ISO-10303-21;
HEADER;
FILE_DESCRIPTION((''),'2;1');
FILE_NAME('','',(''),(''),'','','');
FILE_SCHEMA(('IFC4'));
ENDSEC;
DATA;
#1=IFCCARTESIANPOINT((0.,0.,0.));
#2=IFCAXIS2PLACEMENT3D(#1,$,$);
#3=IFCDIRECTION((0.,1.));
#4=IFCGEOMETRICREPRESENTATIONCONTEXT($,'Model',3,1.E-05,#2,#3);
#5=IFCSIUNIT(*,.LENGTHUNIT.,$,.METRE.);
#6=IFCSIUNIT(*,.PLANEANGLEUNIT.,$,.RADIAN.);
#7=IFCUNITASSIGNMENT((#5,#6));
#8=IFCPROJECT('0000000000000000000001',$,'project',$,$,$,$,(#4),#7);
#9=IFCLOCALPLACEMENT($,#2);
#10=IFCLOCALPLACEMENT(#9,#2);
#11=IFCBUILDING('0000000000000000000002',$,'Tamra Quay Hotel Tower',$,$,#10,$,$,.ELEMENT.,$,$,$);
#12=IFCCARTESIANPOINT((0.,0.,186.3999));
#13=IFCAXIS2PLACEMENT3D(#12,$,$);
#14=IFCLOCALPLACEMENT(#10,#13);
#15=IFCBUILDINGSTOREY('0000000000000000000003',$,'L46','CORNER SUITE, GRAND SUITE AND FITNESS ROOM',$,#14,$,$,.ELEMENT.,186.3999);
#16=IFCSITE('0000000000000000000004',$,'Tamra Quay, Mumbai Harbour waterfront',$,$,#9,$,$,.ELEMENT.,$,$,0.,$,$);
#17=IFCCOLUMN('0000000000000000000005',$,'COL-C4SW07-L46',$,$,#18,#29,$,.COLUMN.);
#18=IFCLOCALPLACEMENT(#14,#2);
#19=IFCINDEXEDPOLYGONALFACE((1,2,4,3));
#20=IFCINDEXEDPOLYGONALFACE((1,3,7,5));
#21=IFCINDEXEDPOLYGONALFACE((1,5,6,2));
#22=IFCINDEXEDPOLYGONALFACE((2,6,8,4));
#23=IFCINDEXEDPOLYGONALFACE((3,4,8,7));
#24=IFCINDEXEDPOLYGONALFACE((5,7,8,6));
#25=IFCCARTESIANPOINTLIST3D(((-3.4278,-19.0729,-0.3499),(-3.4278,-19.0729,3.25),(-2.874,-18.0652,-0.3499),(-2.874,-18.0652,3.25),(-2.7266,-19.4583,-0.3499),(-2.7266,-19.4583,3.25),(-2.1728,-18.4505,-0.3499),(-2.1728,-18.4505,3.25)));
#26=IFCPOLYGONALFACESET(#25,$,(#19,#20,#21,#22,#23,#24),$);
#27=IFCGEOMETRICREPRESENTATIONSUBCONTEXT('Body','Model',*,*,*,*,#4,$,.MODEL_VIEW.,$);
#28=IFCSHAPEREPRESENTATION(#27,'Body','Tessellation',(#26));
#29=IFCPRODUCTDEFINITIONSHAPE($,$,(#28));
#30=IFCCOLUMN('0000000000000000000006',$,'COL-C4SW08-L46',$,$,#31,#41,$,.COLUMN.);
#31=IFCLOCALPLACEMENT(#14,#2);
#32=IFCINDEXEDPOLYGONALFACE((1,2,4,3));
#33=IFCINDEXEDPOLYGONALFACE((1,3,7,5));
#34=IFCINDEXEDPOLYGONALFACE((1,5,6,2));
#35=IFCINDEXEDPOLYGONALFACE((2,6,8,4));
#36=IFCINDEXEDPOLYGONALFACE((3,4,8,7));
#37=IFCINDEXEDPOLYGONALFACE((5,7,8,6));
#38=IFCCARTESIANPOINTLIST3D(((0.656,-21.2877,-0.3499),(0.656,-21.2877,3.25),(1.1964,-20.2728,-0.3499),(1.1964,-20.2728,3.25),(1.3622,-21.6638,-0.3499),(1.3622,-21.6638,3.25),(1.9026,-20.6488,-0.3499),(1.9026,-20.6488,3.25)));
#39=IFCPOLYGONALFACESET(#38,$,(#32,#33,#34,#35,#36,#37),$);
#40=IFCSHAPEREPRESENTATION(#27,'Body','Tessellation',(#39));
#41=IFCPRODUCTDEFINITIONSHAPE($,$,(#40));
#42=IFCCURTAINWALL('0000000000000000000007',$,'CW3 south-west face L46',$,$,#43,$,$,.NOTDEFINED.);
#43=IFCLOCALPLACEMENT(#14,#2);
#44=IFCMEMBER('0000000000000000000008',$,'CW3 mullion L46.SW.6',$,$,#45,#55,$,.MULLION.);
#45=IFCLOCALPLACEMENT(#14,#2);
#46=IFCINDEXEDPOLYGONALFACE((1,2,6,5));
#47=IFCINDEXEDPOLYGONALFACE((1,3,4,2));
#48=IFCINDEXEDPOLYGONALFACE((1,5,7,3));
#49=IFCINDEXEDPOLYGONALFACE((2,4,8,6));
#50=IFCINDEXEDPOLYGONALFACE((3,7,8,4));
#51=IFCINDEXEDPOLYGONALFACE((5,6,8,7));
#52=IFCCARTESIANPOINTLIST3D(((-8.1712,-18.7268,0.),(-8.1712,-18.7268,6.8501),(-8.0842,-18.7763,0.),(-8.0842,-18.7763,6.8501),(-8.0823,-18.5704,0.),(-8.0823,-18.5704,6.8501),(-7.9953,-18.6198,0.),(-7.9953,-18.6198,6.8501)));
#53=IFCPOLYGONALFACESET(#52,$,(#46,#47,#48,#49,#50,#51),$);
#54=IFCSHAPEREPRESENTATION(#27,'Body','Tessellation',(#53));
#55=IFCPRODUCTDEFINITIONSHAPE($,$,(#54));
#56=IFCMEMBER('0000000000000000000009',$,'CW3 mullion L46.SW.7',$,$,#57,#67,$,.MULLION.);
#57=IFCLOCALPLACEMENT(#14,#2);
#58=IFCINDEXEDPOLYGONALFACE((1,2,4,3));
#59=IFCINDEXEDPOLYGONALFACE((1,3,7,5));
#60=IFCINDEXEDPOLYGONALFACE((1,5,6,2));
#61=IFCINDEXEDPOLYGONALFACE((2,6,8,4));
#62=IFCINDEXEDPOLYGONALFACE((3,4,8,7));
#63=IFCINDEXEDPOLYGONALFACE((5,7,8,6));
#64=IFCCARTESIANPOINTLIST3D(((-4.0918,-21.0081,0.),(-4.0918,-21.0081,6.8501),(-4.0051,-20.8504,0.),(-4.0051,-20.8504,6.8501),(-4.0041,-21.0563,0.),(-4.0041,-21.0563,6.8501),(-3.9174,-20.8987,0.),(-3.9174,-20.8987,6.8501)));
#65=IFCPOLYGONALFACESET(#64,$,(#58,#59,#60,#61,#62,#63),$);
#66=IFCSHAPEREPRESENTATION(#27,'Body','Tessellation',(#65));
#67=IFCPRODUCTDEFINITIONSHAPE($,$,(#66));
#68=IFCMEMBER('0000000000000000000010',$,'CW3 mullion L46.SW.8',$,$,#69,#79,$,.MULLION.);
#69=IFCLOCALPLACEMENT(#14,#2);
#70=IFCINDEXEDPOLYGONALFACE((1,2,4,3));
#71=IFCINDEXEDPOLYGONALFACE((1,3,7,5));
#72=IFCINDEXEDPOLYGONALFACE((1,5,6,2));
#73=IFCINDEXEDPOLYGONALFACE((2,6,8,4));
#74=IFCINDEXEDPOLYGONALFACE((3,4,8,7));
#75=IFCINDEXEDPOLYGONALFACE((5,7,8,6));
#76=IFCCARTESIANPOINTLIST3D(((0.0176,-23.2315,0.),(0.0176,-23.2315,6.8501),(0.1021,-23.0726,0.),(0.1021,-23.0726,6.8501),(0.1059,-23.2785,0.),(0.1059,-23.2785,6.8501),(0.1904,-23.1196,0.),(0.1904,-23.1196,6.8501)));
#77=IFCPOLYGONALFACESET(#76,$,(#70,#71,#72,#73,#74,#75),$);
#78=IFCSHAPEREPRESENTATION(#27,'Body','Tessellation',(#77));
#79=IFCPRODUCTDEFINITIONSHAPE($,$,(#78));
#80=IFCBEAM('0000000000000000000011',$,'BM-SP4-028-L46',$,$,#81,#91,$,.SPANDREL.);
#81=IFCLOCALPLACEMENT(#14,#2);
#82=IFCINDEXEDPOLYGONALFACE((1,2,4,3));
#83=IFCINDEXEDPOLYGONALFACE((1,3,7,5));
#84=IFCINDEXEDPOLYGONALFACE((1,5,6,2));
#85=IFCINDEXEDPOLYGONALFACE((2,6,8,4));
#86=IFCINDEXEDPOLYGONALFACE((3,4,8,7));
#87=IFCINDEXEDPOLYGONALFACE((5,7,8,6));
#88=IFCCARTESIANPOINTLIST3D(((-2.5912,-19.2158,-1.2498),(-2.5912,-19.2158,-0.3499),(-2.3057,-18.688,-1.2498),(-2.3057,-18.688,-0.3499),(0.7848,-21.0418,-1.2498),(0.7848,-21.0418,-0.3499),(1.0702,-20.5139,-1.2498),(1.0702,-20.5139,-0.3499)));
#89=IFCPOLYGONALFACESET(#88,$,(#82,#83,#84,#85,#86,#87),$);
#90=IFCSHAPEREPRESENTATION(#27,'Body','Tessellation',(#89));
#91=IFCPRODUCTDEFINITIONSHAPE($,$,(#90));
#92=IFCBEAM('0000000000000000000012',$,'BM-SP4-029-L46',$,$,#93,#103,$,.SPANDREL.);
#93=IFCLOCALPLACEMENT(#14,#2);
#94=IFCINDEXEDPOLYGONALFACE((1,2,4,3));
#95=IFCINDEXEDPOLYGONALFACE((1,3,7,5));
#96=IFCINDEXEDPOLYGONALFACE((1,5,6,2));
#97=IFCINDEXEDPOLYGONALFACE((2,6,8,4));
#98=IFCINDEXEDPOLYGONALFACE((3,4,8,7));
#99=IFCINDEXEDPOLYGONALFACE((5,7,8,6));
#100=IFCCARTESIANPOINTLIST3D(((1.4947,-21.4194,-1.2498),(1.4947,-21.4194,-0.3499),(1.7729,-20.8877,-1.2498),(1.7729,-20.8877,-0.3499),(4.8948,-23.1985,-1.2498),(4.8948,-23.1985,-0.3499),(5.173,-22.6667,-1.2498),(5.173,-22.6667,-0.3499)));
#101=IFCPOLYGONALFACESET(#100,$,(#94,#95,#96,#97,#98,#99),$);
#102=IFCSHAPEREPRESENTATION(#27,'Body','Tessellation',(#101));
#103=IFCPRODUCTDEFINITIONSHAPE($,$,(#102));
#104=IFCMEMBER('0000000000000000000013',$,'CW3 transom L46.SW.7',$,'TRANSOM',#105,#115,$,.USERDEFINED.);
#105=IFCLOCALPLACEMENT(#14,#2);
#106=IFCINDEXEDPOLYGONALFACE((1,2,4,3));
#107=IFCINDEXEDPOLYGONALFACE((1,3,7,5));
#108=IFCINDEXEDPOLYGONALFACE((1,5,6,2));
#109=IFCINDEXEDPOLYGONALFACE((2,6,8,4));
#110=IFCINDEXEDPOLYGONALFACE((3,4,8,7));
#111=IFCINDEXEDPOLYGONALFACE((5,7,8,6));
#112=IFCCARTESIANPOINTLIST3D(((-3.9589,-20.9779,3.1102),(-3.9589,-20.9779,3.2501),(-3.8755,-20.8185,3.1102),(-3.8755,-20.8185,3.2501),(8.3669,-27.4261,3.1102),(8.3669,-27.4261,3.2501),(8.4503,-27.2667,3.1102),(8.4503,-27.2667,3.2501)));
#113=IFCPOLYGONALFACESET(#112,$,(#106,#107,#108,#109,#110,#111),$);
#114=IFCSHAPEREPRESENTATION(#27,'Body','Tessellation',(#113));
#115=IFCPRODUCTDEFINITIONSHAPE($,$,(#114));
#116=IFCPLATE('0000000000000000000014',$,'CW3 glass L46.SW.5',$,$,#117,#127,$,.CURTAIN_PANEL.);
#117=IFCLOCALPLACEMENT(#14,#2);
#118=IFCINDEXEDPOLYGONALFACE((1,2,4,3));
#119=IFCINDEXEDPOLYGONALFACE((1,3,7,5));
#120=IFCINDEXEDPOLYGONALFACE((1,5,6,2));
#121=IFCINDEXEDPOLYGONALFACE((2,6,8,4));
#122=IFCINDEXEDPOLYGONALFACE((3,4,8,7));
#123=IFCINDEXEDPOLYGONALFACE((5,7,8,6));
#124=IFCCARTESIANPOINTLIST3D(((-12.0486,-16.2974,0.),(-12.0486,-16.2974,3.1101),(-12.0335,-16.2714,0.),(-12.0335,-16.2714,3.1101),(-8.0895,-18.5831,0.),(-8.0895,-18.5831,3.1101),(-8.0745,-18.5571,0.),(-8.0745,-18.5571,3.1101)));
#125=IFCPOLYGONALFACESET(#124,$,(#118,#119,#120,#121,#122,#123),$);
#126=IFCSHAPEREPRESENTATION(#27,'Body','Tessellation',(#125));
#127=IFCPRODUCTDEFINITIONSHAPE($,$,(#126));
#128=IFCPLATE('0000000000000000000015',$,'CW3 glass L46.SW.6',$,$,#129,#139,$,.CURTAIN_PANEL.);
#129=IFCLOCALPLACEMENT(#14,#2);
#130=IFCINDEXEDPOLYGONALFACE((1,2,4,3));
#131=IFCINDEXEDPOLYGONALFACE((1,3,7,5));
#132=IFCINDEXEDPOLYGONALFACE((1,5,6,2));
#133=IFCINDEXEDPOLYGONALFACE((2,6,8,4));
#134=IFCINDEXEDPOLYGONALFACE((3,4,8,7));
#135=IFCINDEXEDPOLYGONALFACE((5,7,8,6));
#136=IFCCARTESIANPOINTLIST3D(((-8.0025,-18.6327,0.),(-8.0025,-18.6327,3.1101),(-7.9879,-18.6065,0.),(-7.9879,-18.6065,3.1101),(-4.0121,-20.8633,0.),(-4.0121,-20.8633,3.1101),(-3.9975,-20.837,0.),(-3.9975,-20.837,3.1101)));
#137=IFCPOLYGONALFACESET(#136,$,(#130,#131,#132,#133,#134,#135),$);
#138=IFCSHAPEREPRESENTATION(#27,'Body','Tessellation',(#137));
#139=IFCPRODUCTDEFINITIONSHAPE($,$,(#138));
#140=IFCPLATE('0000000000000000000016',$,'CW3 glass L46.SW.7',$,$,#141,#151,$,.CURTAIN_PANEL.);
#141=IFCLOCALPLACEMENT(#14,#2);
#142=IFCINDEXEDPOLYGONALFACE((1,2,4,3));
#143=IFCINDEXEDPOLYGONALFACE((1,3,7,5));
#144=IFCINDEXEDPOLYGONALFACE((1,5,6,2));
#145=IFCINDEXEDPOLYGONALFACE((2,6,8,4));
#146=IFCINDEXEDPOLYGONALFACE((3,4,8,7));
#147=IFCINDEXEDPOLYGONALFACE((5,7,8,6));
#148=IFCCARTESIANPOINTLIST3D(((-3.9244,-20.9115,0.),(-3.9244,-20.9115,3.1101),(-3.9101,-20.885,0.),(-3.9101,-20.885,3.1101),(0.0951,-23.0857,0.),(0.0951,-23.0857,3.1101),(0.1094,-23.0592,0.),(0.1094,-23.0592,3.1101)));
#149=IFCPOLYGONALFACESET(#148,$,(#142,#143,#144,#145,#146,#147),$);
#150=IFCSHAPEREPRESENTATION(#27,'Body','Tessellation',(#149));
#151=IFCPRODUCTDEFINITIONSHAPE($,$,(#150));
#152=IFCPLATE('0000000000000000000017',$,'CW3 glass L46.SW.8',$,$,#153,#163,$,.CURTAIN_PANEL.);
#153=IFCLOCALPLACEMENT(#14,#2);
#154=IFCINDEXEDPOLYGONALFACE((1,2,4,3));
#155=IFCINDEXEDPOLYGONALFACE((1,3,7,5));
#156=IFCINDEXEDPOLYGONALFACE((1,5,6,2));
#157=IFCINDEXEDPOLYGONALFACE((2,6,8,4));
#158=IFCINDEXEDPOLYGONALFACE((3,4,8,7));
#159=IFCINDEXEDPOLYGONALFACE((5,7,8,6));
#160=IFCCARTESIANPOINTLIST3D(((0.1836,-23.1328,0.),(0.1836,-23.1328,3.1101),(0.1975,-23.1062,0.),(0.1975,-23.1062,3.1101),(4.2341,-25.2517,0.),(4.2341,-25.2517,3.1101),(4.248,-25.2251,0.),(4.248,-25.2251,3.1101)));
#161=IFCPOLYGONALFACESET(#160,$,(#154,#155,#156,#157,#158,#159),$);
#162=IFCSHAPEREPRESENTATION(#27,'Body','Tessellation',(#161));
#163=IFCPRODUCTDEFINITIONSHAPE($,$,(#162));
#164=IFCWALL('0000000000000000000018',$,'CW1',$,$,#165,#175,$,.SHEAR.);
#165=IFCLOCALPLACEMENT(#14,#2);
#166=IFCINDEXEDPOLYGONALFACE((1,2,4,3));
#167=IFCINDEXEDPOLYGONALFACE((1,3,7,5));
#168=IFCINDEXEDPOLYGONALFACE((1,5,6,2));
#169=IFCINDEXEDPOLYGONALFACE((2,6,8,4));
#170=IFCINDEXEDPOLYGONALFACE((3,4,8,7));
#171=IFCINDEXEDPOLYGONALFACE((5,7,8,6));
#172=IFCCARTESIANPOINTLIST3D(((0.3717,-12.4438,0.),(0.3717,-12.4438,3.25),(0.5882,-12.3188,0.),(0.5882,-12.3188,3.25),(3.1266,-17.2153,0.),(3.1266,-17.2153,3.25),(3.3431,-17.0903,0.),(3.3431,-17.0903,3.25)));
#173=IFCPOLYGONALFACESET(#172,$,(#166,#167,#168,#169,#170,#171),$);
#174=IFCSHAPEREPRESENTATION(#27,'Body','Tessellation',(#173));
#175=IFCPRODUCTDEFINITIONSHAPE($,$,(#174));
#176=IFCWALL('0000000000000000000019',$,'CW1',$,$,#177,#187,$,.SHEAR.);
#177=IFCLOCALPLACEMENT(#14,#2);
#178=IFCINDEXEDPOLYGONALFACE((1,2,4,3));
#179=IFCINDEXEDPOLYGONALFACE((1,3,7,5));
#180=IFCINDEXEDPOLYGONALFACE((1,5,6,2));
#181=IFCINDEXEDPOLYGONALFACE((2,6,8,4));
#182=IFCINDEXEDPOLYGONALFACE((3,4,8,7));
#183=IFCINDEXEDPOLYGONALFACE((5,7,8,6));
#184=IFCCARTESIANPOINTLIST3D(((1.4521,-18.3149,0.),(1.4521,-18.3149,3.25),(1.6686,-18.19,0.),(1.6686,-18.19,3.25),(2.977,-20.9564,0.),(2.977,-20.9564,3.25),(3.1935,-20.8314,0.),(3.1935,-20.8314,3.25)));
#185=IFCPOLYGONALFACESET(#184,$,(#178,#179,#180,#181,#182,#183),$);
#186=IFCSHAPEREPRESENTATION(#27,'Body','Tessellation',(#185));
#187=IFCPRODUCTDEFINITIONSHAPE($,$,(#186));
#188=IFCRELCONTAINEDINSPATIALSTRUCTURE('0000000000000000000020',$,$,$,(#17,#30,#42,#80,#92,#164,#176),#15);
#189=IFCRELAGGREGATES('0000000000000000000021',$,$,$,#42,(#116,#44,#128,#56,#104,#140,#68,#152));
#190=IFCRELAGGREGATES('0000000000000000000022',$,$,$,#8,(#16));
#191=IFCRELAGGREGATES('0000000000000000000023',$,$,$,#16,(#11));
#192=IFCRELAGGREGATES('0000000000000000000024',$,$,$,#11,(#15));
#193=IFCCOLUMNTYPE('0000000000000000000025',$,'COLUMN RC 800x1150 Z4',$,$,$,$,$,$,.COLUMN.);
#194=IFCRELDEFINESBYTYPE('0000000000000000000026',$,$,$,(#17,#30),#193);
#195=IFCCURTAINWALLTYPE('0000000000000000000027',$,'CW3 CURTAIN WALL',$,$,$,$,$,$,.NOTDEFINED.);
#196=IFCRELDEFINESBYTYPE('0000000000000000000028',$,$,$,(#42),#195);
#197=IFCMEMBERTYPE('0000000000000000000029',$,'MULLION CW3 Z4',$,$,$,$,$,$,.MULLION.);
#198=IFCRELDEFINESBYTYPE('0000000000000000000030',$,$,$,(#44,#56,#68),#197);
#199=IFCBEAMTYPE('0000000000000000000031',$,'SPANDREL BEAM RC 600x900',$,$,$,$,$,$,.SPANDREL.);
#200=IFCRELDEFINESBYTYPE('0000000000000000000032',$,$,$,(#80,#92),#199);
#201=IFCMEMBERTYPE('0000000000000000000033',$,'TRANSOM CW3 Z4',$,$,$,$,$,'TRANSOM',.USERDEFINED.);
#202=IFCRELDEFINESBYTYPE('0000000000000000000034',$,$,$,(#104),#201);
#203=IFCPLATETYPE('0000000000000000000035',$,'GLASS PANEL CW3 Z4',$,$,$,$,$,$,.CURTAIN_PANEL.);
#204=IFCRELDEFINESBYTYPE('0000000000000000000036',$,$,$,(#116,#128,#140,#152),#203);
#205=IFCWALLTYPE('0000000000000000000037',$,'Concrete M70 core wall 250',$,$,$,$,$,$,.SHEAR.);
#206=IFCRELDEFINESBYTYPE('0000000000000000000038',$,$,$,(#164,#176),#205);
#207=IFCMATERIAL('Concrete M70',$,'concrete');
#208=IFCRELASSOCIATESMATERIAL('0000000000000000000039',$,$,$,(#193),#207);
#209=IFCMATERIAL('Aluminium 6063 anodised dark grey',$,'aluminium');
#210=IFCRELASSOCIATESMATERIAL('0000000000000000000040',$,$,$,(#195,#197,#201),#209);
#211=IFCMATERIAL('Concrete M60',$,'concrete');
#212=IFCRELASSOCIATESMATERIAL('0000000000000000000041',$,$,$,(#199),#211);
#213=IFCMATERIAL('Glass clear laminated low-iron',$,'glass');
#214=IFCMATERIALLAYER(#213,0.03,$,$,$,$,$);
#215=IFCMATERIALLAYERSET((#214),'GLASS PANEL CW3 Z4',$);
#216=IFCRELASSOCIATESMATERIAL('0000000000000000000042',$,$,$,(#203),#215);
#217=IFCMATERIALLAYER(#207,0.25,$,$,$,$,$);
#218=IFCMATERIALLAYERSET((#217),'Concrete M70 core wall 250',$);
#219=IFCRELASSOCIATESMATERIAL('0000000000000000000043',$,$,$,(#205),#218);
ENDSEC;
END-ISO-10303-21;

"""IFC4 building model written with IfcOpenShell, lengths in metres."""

from ifc_helpers import new_model, si_unit, direction, frame, frame_2d, origin, origin_2d, place, context, subcontext, project, spatial, rectangle, extrude, material, layer, layer_set, material_profile, profile_set, type_object, element, aggregate, save


model = new_model("IFC4")

# Units and contexts
model_context = context("Model", 3, precision=1e-05, world=origin(), true_north=direction((0.0, 1.0)))
body_context = subcontext(model_context, "Body", "Model", "MODEL_VIEW")
ifc_project = project(units=[si_unit("LENGTHUNIT", "METRE"), si_unit("PLANEANGLEUNIT", "RADIAN")], contexts=[model_context])

# Site, building, storey
site_placement = place(None, origin())
site = spatial("IfcSite", under=ifc_project, at=site_placement, Name="Tamra Quay, Mumbai Harbour waterfront", CompositionType="ELEMENT", RefElevation=0.0)
building_placement = place(site_placement, origin())
building = spatial("IfcBuilding", under=site, at=building_placement, Name="Tamra Quay Hotel Tower", CompositionType="ELEMENT")
storey_placement = place(building_placement, frame((0.0, 0.0, 186.3999)))
storey = spatial("IfcBuildingStorey", under=building, at=storey_placement, Name="L46", Description="CORNER SUITE, GRAND SUITE AND FITNESS ROOM", CompositionType="ELEMENT", Elevation=186.3999)

# Columns
ifc_material_1 = material(Name="Concrete M70", Category="concrete")
ifc_material_profile_1 = material_profile(ifc_material_1, rectangle(XDim=1.1499, YDim=0.8, at=origin_2d()), Name="COLUMN RC 800x1150 Z4")
ifc_profile_set_1 = profile_set([ifc_material_profile_1], Name="Concrete M70")
column_type = type_object("IfcColumnType", Name="COLUMN RC 800x1150 Z4", PredefinedType="COLUMN", material=ifc_profile_set_1)
for number, where, z_axis, x_axis, name in (
    (1, (-2.8003, -18.7617, -0.3499), (0.0, 0.0, 1.0), (0.481602, 0.87639, 0.0), "COL-C4SW07-L46"),
    (2, (1.2793, -20.9683, -0.3499), (0.0, 0.0, 1.0), (0.470002, 0.882666, 0.0), "COL-C4SW08-L46"),
):
    element("IfcColumn", number, at=place(storey_placement, frame(where, z_axis=z_axis, x_axis=x_axis)), inside=storey, type_object=column_type, Name=name, PredefinedType="COLUMN", context=body_context, shape_type="SweptSolid", body=[
        extrude(rectangle(XDim=1.1499, YDim=0.8, at=origin_2d()), origin(), (0.0, 0.0, 1.0), 3.5999),
    ])

# Curtain wall, members
ifc_material_2 = material(Name="Aluminium 6063 anodised dark grey", Category="aluminium")
curtain_wall_type = type_object("IfcCurtainWallType", Name="CW3 CURTAIN WALL", PredefinedType="NOTDEFINED", material=ifc_material_2)
curtain_wall_placement = place(storey_placement, origin())
curtain_wall = element("IfcCurtainWall", 3, at=curtain_wall_placement, inside=storey, type_object=curtain_wall_type, Name="CW3 south-west face L46", PredefinedType="NOTDEFINED")
ifc_material_profile_2 = material_profile(ifc_material_2, rectangle(XDim=0.1799, YDim=0.1001, at=origin_2d()), Name="MULLION 100X180")
ifc_profile_set_2 = profile_set([ifc_material_profile_2], Name="Aluminium 6063 anodised dark grey")
member_type_1 = type_object("IfcMemberType", Name="MULLION CW3 Z4", PredefinedType="MULLION", material=ifc_profile_set_2)
member_1_placement = place(storey_placement, frame((-8.0833, -18.6733, 0.0), z_axis=(0.0, 0.0, 1.0), x_axis=(-0.493975, -0.869476, 0.0)))
member_1 = element("IfcMember", 4, at=member_1_placement, type_object=member_type_1, Name="CW3 mullion L46.SW.6", PredefinedType="MULLION", context=body_context, shape_type="SweptSolid", body=[
    extrude(rectangle(XDim=0.1799, YDim=0.1001, at=origin_2d()), origin(), (0.0, 0.0, 1.0), 6.8501),
])
member_2_placement = place(storey_placement, frame((-4.0046, -20.9534, 0.0), z_axis=(0.0, 0.0, 1.0), x_axis=(-0.481861, -0.876248, 0.0)))
member_2 = element("IfcMember", 5, at=member_2_placement, type_object=member_type_1, Name="CW3 mullion L46.SW.7", PredefinedType="MULLION", context=body_context, shape_type="SweptSolid", body=[
    extrude(rectangle(XDim=0.1799, YDim=0.1001, at=origin_2d()), origin(), (0.0, 0.0, 1.0), 6.8501),
])
member_3_placement = place(storey_placement, frame((0.104, -23.1755, 0.0), z_axis=(0.0, 0.0, 1.0), x_axis=(-0.469668, -0.882843, 0.0)))
member_3 = element("IfcMember", 6, at=member_3_placement, type_object=member_type_1, Name="CW3 mullion L46.SW.8", PredefinedType="MULLION", context=body_context, shape_type="SweptSolid", body=[
    extrude(rectangle(XDim=0.1799, YDim=0.1001, at=origin_2d()), origin(), (0.0, 0.0, 1.0), 6.8501),
])

# Beams
ifc_material_3 = material(Name="Concrete M60", Category="concrete")
ifc_material_profile_3 = material_profile(ifc_material_3, rectangle(XDim=0.6001, YDim=0.8999, at=origin_2d()), Name="SPANDREL BEAM RC 600x900")
ifc_profile_set_3 = profile_set([ifc_material_profile_3], Name="Concrete M60")
beam_type = type_object("IfcBeamType", Name="SPANDREL BEAM RC 600x900", PredefinedType="SPANDREL", material=ifc_profile_set_3)
beam_1_placement = place(storey_placement, frame((-2.4485, -18.9519, -0.7998), z_axis=(0.879589, -0.475734, 0.0), x_axis=(0.475734, 0.879589, 0.0)))
element("IfcBeam", 7, at=beam_1_placement, inside=storey, type_object=beam_type, Name="BM-SP4-028-L46", PredefinedType="SPANDREL", context=body_context, shape_type="SweptSolid", body=[
    extrude(rectangle(XDim=0.6001, YDim=0.8999, at=origin_2d()), origin(), (0.0, 0.0, 1.0), 3.8381),
])
beam_2_placement = place(storey_placement, frame((1.6338, -21.1536, -0.7998), z_axis=(0.886043, -0.463603, 0.0), x_axis=(0.463603, 0.886043, 0.0)))
element("IfcBeam", 8, at=beam_2_placement, inside=storey, type_object=beam_type, Name="BM-SP4-029-L46", PredefinedType="SPANDREL", context=body_context, shape_type="SweptSolid", body=[
    extrude(rectangle(XDim=0.6001, YDim=0.8999, at=origin_2d()), origin(), (0.0, 0.0, 1.0), 3.8374),
])

# Member
ifc_material_profile_4 = material_profile(ifc_material_2, rectangle(XDim=0.1799, YDim=0.1399, at=origin_2d()), Name="TRANSOM 180X140")
ifc_profile_set_4 = profile_set([ifc_material_profile_4], Name="Aluminium 6063 anodised dark grey")
member_type_2 = type_object("IfcMemberType", Name="TRANSOM CW3 Z4", ElementType="TRANSOM", PredefinedType="USERDEFINED", material=ifc_profile_set_4)
member_4_placement = place(storey_placement, frame((-3.9172, -20.8982, 3.1802), z_axis=(0.886074, -0.463545, 0.0), x_axis=(0.463545, 0.886074, 0.0)))
member_4 = element("IfcMember", 9, at=member_4_placement, type_object=member_type_2, Name="CW3 transom L46.SW.7", ObjectType="TRANSOM", PredefinedType="USERDEFINED", context=body_context, shape_type="SweptSolid", body=[
    extrude(rectangle(XDim=0.1799, YDim=0.1399, at=origin_2d()), origin(), (0.0, 0.0, 1.0), 13.9106),
])

# Plates
ifc_material_4 = material(Name="Glass clear laminated low-iron", Category="glass")
ifc_layer_1 = layer(ifc_material_4, 0.03)
ifc_layer_set_1 = layer_set([ifc_layer_1], Name="GLASS PANEL CW3 Z4")
plate_type = type_object("IfcPlateType", Name="GLASS PANEL CW3 Z4", PredefinedType="CURTAIN_PANEL", material=ifc_layer_set_1)
plate_1_placement = place(storey_placement, frame((-10.0615, -17.4272, 0.0), z_axis=(0.0, 0.0, 1.0), x_axis=(0.866025, -0.5, 0.0)))
plate_1 = element("IfcPlate", 10, at=plate_1_placement, type_object=plate_type, Name="CW3 glass L46.SW.5", PredefinedType="CURTAIN_PANEL", context=body_context, shape_type="SweptSolid", body=[
    extrude(rectangle(XDim=4.5715, YDim=0.03, at=origin_2d()), origin(), (0.0, 0.0, 1.0), 3.1101),
])
plate_2_placement = place(storey_placement, frame((-6.0, -19.7349, 0.0), z_axis=(0.0, 0.0, 1.0), x_axis=(0.872885, -0.487926, 0.0)))
plate_2 = element("IfcPlate", 11, at=plate_2_placement, type_object=plate_type, Name="CW3 glass L46.SW.6", PredefinedType="CURTAIN_PANEL", context=body_context, shape_type="SweptSolid", body=[
    extrude(rectangle(XDim=4.5715, YDim=0.03, at=origin_2d()), origin(), (0.0, 0.0, 1.0), 3.1101),
])
plate_3_placement = place(storey_placement, frame((-1.9075, -21.9854, 0.0), z_axis=(0.0, 0.0, 1.0), x_axis=(0.879569, -0.475772, 0.0)))
plate_3 = element("IfcPlate", 12, at=plate_3_placement, type_object=plate_type, Name="CW3 glass L46.SW.7", PredefinedType="CURTAIN_PANEL", context=body_context, shape_type="SweptSolid", body=[
    extrude(rectangle(XDim=4.5698, YDim=0.03, at=origin_2d()), origin(), (0.0, 0.0, 1.0), 3.1101),
])
plate_4_placement = place(storey_placement, frame((2.2158, -24.179, 0.0), z_axis=(0.0, 0.0, 1.0), x_axis=(0.886075, -0.463541, 0.0)))
plate_4 = element("IfcPlate", 13, at=plate_4_placement, type_object=plate_type, Name="CW3 glass L46.SW.8", PredefinedType="CURTAIN_PANEL", context=body_context, shape_type="SweptSolid", body=[
    extrude(rectangle(XDim=4.5713, YDim=0.03, at=origin_2d()), origin(), (0.0, 0.0, 1.0), 3.1101),
])
aggregate(curtain_wall, [plate_1, member_1, plate_2, member_2, member_4, plate_3, member_3, plate_4])

# Walls
ifc_layer_2 = layer(ifc_material_1, 0.25)
ifc_layer_set_2 = layer_set([ifc_layer_2], Name="Concrete M70 core wall 250")
wall_type_1 = type_object("IfcWallType", Name="Concrete M70 core wall 250", PredefinedType="SHEAR", material=ifc_layer_set_2)
wall_1_placement = place(storey_placement, frame((3.2349, -17.1528, 0.0), z_axis=(0.0, 0.0, 1.0), x_axis=(-0.500009, 0.86602, 0.0)))
element("IfcWall", 14, at=wall_1_placement, inside=storey, type_object=wall_type_1, Name="CW1", PredefinedType="SHEAR", context=body_context, shape_type="SweptSolid", body=[
    extrude(rectangle(XDim=5.5098, YDim=0.25, at=frame_2d((2.7549, 0.0))), origin(), (0.0, 0.0, 1.0), 3.25),
])
wall_2_placement = place(storey_placement, frame((3.0852, -20.8938, 0.0), z_axis=(0.0, 0.0, 1.0), x_axis=(-0.499979, 0.866038, 0.0)))
element("IfcWall", 15, at=wall_2_placement, inside=storey, type_object=wall_type_1, Name="CW1", PredefinedType="SHEAR", context=body_context, shape_type="SweptSolid", body=[
    extrude(rectangle(XDim=3.05, YDim=0.25, at=frame_2d((1.5249, 0.0))), origin(), (0.0, 0.0, 1.0), 3.25),
])

save(model, "model.ifc")
